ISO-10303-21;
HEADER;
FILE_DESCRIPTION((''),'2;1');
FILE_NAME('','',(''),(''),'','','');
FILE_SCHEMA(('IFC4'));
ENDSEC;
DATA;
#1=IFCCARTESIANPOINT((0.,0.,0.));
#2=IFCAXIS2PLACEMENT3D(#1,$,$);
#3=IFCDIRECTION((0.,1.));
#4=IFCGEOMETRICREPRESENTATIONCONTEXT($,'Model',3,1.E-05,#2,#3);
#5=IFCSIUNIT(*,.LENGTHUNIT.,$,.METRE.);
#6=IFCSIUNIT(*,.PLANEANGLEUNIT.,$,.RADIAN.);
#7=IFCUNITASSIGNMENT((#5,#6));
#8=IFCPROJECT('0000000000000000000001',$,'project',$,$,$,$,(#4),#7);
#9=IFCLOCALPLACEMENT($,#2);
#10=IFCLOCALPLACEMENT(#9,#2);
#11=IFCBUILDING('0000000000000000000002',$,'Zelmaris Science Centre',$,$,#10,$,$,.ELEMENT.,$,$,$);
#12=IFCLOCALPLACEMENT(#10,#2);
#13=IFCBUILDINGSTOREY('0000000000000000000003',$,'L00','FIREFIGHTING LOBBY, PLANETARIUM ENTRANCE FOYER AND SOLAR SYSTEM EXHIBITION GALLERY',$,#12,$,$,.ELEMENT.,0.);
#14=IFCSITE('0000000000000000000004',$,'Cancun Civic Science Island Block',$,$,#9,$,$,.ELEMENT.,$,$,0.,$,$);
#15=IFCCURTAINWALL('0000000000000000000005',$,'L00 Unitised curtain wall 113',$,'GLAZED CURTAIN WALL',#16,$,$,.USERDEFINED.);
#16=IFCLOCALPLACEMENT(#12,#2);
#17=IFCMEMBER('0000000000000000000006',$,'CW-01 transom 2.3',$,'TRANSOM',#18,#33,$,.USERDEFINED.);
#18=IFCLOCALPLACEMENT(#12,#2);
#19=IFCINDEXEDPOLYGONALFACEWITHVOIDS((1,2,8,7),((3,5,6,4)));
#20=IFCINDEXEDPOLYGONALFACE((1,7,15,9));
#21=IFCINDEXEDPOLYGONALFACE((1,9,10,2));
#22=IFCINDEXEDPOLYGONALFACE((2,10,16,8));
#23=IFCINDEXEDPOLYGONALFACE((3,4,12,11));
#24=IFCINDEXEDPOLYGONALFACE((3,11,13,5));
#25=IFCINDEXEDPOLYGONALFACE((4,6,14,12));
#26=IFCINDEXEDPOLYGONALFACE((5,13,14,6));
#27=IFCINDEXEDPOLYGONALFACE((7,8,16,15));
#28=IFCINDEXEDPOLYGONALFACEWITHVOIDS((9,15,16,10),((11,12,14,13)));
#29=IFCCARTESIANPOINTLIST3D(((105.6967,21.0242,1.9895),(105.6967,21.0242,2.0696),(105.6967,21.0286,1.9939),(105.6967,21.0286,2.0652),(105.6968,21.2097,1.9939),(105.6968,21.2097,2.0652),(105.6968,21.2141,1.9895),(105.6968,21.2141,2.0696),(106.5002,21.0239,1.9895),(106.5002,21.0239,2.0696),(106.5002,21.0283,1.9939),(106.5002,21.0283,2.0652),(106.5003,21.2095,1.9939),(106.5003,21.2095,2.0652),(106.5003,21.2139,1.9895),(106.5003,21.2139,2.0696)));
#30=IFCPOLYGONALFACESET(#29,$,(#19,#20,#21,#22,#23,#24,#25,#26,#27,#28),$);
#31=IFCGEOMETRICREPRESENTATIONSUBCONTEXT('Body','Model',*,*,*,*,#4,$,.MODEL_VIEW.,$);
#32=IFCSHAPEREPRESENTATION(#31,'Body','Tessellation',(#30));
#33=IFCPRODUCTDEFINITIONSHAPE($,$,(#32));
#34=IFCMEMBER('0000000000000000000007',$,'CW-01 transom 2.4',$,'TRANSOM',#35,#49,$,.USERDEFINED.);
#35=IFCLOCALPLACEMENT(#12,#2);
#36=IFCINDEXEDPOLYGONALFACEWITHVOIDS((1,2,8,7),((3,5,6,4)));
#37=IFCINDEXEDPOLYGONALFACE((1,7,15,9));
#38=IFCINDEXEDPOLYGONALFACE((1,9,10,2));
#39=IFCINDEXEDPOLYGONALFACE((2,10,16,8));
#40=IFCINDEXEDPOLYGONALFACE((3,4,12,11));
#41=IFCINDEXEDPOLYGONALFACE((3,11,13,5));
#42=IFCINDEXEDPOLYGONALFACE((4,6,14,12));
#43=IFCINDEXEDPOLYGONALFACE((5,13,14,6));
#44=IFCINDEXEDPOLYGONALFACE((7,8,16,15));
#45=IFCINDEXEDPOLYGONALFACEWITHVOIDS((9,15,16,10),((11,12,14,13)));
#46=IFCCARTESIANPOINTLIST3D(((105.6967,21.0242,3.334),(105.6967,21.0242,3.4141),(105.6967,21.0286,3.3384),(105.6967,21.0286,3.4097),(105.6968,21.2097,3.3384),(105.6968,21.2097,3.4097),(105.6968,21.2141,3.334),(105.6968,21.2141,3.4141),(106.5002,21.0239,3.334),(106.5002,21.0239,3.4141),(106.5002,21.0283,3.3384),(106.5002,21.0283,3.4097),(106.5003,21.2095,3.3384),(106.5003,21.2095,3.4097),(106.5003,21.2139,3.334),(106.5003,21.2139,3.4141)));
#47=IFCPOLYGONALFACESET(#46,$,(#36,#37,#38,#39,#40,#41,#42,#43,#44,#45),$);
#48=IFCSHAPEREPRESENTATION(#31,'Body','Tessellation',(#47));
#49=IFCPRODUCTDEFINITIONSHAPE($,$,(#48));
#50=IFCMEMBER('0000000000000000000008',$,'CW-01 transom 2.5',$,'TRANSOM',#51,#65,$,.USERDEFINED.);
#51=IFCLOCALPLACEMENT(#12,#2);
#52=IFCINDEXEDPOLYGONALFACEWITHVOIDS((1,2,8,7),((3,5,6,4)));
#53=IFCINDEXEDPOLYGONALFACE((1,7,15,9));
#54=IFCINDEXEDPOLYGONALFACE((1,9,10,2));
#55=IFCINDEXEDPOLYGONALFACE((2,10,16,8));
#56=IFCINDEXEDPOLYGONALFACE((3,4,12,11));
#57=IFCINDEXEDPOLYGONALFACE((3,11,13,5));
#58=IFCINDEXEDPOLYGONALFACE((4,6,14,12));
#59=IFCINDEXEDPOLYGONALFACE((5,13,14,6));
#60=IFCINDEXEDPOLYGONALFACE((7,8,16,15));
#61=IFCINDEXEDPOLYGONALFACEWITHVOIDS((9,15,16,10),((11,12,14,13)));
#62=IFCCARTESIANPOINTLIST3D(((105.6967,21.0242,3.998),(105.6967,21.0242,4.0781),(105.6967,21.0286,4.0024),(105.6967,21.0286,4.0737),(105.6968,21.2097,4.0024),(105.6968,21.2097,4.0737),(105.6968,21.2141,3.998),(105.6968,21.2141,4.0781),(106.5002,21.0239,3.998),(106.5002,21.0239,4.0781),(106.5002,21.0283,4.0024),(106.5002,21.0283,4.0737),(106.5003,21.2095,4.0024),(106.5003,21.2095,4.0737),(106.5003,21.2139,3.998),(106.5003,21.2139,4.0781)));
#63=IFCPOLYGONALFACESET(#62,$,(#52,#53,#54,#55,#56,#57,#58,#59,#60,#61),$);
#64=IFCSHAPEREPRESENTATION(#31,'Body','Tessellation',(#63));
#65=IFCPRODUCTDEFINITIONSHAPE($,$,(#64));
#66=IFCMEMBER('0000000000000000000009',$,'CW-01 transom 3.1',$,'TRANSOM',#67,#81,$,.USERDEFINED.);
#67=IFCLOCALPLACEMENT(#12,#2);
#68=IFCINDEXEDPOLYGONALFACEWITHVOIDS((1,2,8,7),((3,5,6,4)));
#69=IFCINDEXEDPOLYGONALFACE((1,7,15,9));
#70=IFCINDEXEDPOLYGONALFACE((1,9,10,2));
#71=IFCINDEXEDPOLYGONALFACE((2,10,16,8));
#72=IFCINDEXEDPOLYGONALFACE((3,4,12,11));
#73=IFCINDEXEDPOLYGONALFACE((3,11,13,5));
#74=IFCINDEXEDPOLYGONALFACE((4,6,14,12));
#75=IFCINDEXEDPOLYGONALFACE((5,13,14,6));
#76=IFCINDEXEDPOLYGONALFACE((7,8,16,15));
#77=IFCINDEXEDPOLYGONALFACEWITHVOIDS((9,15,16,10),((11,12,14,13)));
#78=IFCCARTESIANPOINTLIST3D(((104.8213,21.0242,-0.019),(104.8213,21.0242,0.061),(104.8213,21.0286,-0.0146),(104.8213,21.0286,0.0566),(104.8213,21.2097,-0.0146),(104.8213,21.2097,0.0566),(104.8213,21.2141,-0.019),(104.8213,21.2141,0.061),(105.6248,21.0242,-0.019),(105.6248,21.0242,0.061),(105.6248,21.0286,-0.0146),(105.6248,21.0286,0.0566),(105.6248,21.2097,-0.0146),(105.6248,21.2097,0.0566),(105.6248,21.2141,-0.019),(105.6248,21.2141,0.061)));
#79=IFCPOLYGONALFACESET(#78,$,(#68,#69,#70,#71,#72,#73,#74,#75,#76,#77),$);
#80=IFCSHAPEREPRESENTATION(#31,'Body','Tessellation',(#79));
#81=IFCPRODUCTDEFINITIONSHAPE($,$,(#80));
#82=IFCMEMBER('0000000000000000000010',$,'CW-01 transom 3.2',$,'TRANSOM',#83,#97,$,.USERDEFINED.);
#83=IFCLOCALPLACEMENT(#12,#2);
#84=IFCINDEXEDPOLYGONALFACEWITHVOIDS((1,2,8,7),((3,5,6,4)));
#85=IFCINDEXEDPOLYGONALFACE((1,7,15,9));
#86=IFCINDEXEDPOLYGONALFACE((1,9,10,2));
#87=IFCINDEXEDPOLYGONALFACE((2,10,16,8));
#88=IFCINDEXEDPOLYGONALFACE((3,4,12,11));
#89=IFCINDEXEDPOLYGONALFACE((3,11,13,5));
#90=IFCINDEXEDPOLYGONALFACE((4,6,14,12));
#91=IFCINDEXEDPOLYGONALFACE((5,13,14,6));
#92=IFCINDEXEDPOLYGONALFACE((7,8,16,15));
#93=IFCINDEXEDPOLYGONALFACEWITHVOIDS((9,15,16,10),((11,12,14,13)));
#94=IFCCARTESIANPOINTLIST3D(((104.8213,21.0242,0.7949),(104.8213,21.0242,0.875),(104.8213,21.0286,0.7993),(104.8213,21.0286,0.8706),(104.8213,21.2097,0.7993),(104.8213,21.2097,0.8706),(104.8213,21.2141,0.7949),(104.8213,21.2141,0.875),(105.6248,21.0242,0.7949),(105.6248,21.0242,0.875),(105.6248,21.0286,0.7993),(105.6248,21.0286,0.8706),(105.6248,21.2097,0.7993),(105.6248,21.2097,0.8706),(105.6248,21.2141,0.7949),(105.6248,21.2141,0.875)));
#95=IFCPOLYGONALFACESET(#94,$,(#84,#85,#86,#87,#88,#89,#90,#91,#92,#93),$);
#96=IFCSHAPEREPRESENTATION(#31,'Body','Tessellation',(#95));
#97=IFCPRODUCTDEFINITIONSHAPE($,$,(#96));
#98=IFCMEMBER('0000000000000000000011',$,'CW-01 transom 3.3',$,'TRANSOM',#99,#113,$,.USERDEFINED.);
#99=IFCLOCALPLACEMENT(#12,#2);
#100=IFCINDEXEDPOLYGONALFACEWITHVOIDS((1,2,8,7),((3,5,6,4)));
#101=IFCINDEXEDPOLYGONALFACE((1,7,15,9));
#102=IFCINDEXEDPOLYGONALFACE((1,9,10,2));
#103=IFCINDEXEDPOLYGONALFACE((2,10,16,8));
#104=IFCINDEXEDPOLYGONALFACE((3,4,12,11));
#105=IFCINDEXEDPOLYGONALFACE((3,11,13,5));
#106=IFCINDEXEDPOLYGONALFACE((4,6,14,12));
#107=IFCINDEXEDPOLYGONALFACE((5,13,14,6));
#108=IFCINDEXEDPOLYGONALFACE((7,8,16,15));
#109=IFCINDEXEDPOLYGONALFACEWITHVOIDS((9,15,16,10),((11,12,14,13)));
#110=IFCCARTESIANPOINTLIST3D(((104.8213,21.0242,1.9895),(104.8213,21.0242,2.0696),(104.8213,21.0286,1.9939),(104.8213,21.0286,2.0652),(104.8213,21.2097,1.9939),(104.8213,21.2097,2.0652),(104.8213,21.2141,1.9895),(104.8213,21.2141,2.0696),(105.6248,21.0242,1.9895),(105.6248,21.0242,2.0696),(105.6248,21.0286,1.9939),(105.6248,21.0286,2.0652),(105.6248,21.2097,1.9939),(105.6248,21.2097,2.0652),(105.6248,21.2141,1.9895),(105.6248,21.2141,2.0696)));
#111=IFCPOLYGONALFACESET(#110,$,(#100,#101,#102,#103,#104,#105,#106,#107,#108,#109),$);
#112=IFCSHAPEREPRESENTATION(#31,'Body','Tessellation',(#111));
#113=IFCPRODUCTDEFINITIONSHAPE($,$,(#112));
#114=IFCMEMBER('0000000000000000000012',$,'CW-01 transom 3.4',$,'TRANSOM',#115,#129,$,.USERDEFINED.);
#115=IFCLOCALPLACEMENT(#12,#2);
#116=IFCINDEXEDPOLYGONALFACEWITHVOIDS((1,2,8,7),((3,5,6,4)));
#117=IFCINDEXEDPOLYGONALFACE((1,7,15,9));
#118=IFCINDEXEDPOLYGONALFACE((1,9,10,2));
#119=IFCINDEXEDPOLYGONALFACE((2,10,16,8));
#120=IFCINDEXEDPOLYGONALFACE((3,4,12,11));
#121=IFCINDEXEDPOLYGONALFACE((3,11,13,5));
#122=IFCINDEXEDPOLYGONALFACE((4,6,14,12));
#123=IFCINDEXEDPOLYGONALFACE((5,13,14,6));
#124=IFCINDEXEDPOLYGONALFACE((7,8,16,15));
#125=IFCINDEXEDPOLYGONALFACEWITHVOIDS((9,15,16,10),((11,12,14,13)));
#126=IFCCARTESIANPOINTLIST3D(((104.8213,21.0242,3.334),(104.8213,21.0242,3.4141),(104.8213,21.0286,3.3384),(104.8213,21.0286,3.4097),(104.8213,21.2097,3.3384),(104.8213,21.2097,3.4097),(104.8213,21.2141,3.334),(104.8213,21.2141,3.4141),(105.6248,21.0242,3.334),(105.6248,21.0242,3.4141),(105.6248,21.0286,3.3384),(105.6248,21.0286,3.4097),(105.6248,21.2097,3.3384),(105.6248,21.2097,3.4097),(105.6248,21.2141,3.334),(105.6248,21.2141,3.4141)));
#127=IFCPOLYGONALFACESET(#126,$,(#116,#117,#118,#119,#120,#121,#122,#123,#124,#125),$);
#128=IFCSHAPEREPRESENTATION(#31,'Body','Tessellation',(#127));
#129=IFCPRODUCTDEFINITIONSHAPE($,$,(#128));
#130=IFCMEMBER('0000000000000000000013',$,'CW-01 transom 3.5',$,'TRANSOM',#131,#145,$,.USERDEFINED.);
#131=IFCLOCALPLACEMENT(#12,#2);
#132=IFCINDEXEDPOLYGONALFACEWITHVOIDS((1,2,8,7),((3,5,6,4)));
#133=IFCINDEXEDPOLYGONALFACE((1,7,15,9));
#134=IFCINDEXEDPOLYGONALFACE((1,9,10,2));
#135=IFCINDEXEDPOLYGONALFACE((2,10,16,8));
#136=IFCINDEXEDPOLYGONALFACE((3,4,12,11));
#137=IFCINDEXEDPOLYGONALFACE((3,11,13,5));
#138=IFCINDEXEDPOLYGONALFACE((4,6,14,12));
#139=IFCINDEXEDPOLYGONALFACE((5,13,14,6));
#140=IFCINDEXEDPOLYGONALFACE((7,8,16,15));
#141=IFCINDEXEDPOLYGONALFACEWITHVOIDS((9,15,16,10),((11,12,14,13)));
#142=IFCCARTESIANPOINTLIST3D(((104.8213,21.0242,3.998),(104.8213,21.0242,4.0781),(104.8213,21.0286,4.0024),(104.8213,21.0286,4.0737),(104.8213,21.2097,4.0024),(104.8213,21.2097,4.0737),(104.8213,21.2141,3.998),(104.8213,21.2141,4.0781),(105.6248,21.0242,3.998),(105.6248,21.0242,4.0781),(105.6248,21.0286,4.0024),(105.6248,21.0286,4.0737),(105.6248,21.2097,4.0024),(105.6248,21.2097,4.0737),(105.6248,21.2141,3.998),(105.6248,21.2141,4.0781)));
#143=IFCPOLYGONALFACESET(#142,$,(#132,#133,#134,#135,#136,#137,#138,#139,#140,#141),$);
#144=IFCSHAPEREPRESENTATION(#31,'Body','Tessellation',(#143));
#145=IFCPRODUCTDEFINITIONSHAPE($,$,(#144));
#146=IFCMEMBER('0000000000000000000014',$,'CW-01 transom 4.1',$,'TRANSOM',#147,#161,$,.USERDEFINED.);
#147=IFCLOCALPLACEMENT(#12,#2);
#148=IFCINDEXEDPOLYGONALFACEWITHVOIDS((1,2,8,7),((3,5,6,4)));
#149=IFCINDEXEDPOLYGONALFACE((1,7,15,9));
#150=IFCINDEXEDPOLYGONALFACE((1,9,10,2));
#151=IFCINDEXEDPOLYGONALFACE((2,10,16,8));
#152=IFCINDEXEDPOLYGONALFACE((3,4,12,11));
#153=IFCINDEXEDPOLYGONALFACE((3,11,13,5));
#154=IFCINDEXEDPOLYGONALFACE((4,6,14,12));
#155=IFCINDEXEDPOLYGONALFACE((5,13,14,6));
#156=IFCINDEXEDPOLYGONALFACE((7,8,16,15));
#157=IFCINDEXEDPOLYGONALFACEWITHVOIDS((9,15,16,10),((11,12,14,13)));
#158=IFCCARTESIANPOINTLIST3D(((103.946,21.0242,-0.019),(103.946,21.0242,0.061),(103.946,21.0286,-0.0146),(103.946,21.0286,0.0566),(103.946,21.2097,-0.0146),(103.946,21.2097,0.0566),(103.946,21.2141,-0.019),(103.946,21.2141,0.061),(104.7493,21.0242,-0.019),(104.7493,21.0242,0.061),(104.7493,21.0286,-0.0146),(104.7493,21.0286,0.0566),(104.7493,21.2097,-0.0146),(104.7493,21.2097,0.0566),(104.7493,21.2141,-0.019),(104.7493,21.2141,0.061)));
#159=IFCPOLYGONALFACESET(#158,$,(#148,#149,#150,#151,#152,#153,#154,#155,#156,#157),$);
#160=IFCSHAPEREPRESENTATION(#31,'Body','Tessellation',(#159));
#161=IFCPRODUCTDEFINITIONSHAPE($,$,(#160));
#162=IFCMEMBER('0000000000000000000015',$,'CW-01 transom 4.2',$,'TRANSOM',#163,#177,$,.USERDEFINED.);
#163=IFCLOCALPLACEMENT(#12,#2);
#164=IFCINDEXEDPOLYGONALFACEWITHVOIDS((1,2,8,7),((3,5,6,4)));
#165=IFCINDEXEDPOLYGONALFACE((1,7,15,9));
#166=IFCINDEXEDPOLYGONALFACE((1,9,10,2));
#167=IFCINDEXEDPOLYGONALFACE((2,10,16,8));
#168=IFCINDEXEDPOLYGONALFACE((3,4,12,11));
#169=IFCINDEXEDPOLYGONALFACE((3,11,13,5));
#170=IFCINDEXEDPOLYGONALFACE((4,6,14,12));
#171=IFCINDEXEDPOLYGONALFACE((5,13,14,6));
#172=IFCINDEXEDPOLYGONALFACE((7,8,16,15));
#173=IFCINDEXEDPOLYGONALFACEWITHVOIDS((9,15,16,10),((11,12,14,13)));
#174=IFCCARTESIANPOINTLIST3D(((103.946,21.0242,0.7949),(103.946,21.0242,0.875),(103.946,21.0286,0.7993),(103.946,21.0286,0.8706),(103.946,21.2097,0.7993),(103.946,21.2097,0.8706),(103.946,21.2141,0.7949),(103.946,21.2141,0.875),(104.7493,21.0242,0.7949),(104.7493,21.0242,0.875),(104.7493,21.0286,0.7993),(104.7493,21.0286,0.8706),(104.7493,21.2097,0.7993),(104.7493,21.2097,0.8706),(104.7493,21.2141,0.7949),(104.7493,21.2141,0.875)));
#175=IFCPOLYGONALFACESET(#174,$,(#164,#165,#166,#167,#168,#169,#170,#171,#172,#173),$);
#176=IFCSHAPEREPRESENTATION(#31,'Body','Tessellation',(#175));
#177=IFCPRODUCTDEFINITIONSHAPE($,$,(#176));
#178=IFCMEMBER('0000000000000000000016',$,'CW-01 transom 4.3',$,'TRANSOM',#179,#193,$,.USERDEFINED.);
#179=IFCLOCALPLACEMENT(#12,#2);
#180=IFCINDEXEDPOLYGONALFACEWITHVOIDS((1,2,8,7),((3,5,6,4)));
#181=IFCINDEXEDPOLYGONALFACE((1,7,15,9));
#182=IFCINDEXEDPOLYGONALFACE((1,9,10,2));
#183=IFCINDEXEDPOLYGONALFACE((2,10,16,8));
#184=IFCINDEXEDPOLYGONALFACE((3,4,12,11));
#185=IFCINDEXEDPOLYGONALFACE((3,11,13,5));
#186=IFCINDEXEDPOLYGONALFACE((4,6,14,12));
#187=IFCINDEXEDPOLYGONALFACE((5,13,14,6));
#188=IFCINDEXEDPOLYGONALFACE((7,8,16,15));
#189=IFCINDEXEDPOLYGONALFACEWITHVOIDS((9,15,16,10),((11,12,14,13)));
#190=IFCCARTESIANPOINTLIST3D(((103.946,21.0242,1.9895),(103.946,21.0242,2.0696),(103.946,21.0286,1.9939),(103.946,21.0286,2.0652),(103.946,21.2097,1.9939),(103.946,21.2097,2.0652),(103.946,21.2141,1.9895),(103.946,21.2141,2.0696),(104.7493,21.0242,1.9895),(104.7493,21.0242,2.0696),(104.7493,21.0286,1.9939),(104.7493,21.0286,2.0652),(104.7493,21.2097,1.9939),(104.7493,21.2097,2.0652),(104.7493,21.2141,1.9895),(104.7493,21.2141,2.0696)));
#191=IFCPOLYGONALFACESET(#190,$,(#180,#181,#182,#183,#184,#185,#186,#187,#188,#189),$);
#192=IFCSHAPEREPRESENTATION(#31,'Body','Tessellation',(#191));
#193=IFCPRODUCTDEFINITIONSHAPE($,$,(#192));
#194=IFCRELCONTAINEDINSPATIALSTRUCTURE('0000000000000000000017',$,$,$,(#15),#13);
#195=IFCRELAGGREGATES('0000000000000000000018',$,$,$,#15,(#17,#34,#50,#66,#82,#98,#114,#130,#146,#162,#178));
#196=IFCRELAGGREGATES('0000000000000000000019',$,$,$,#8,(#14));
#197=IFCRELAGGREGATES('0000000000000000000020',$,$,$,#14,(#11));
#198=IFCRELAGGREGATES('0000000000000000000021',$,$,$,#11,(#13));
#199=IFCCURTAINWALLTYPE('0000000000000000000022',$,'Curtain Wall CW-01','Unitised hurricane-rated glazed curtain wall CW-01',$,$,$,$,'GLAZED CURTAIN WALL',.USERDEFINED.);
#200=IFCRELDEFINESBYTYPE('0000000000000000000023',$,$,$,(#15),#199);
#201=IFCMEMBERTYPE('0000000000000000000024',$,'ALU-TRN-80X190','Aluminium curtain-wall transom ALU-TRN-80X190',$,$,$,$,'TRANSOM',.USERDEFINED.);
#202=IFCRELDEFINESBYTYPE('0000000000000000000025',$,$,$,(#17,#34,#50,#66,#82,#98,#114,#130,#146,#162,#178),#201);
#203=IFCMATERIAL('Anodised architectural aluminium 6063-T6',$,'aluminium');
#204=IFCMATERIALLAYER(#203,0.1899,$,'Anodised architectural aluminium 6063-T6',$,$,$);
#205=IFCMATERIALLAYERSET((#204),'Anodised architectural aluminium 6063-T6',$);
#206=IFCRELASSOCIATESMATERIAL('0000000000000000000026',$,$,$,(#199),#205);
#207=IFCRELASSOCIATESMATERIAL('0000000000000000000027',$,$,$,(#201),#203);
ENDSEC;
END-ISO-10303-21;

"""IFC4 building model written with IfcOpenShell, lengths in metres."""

from ifc_helpers import new_model, si_unit, direction, frame, origin, origin_2d, place, context, subcontext, project, spatial, hollow_rectangle, extrude, material, layer, layer_set, material_profile, profile_set, type_object, element, aggregate, save


model = new_model("IFC4")

# Units and contexts
model_context = context("Model", 3, precision=1e-05, world=origin(), true_north=direction((0.0, 1.0)))
body_context = subcontext(model_context, "Body", "Model", "MODEL_VIEW")
ifc_project = project(units=[si_unit("LENGTHUNIT", "METRE"), si_unit("PLANEANGLEUNIT", "RADIAN")], contexts=[model_context])

# Site, building, storey
site_placement = place(None, origin())
site = spatial("IfcSite", under=ifc_project, at=site_placement, Name="Cancun Civic Science Island Block", CompositionType="ELEMENT", RefElevation=0.0)
building_placement = place(site_placement, origin())
building = spatial("IfcBuilding", under=site, at=building_placement, Name="Zelmaris Science Centre", CompositionType="ELEMENT")
storey_placement = place(building_placement, origin())
storey = spatial("IfcBuildingStorey", under=building, at=storey_placement, Name="L00", Description="FIREFIGHTING LOBBY, PLANETARIUM ENTRANCE FOYER AND SOLAR SYSTEM EXHIBITION GALLERY", CompositionType="ELEMENT", Elevation=0.0)

# Curtain wall, members
ifc_material_1 = material(Name="Anodised architectural aluminium 6063-T6", Category="aluminium")
ifc_layer_1 = layer(ifc_material_1, 0.1899, Name="Anodised architectural aluminium 6063-T6")
ifc_layer_set_1 = layer_set([ifc_layer_1], Name="Anodised architectural aluminium 6063-T6")
curtain_wall_type = type_object("IfcCurtainWallType", Name="Curtain Wall CW-01", Description="Unitised hurricane-rated glazed curtain wall CW-01", ElementType="GLAZED CURTAIN WALL", PredefinedType="USERDEFINED", material=ifc_layer_set_1)
curtain_wall_placement = place(storey_placement, origin())
curtain_wall = element("IfcCurtainWall", 1, at=curtain_wall_placement, inside=storey, type_object=curtain_wall_type, Name="L00 Unitised curtain wall 113", ObjectType="GLAZED CURTAIN WALL", PredefinedType="USERDEFINED")
ifc_material_profile_1 = material_profile(ifc_material_1, hollow_rectangle(XDim=0.0801, YDim=0.1899, WallThickness=0.0044, at=origin_2d()), Name="ALU-TRN-80X190")
ifc_profile_set_1 = profile_set([ifc_material_profile_1], Name="Anodised architectural aluminium 6063-T6")
member_type_1 = type_object("IfcMemberType", Name="ALU-TRN-80X190", Description="Aluminium curtain-wall transom ALU-TRN-80X190", ElementType="TRANSOM", PredefinedType="USERDEFINED", material=ifc_profile_set_1)
member_1_placement = place(storey_placement, frame((106.5002, 21.1189, 2.0295), z_axis=(-1.0, 0.000304, 0.0), x_axis=(0.0, 0.0, 1.0)))
member_1 = element("IfcMember", 2, at=member_1_placement, type_object=member_type_1, Name="CW-01 transom 2.3", ObjectType="TRANSOM", PredefinedType="USERDEFINED", context=body_context, shape_type="SweptSolid", body=[
    extrude(hollow_rectangle(XDim=0.0801, YDim=0.1899, WallThickness=0.0044, at=origin_2d()), origin(), (0.0, 0.0, 1.0), 0.8035),
])
member_2_placement = place(storey_placement, frame((106.5002, 21.1189, 3.374), z_axis=(-1.0, 0.000304, 0.0), x_axis=(0.0, 0.0, 1.0)))
member_2 = element("IfcMember", 3, at=member_2_placement, type_object=member_type_1, Name="CW-01 transom 2.4", ObjectType="TRANSOM", PredefinedType="USERDEFINED", context=body_context, shape_type="SweptSolid", body=[
    extrude(hollow_rectangle(XDim=0.0801, YDim=0.1899, WallThickness=0.0044, at=origin_2d()), origin(), (0.0, 0.0, 1.0), 0.8035),
])
member_3_placement = place(storey_placement, frame((106.5002, 21.1189, 4.0381), z_axis=(-1.0, 0.000304, 0.0), x_axis=(0.0, 0.0, 1.0)))
member_3 = element("IfcMember", 4, at=member_3_placement, type_object=member_type_1, Name="CW-01 transom 2.5", ObjectType="TRANSOM", PredefinedType="USERDEFINED", context=body_context, shape_type="SweptSolid", body=[
    extrude(hollow_rectangle(XDim=0.0801, YDim=0.1899, WallThickness=0.0044, at=origin_2d()), origin(), (0.0, 0.0, 1.0), 0.8035),
])
member_4_placement = place(storey_placement, frame((105.6248, 21.1191, 0.021), z_axis=(-1.0, 0.0, 0.0), x_axis=(0.0, 0.0, 1.0)))
member_4 = element("IfcMember", 5, at=member_4_placement, type_object=member_type_1, Name="CW-01 transom 3.1", ObjectType="TRANSOM", PredefinedType="USERDEFINED", context=body_context, shape_type="SweptSolid", body=[
    extrude(hollow_rectangle(XDim=0.0801, YDim=0.1899, WallThickness=0.0044, at=origin_2d()), origin(), (0.0, 0.0, 1.0), 0.8035),
])
member_5_placement = place(storey_placement, frame((105.6248, 21.1191, 0.835), z_axis=(-1.0, 0.0, 0.0), x_axis=(0.0, 0.0, 1.0)))
member_5 = element("IfcMember", 6, at=member_5_placement, type_object=member_type_1, Name="CW-01 transom 3.2", ObjectType="TRANSOM", PredefinedType="USERDEFINED", context=body_context, shape_type="SweptSolid", body=[
    extrude(hollow_rectangle(XDim=0.0801, YDim=0.1899, WallThickness=0.0044, at=origin_2d()), origin(), (0.0, 0.0, 1.0), 0.8035),
])
member_6_placement = place(storey_placement, frame((105.6248, 21.1191, 2.0295), z_axis=(-1.0, 0.0, 0.0), x_axis=(0.0, 0.0, 1.0)))
member_6 = element("IfcMember", 7, at=member_6_placement, type_object=member_type_1, Name="CW-01 transom 3.3", ObjectType="TRANSOM", PredefinedType="USERDEFINED", context=body_context, shape_type="SweptSolid", body=[
    extrude(hollow_rectangle(XDim=0.0801, YDim=0.1899, WallThickness=0.0044, at=origin_2d()), origin(), (0.0, 0.0, 1.0), 0.8035),
])
member_7_placement = place(storey_placement, frame((105.6248, 21.1191, 3.374), z_axis=(-1.0, 0.0, 0.0), x_axis=(0.0, 0.0, 1.0)))
member_7 = element("IfcMember", 8, at=member_7_placement, type_object=member_type_1, Name="CW-01 transom 3.4", ObjectType="TRANSOM", PredefinedType="USERDEFINED", context=body_context, shape_type="SweptSolid", body=[
    extrude(hollow_rectangle(XDim=0.0801, YDim=0.1899, WallThickness=0.0044, at=origin_2d()), origin(), (0.0, 0.0, 1.0), 0.8035),
])
member_8_placement = place(storey_placement, frame((105.6248, 21.1191, 4.0381), z_axis=(-1.0, 0.0, 0.0), x_axis=(0.0, 0.0, 1.0)))
member_8 = element("IfcMember", 9, at=member_8_placement, type_object=member_type_1, Name="CW-01 transom 3.5", ObjectType="TRANSOM", PredefinedType="USERDEFINED", context=body_context, shape_type="SweptSolid", body=[
    extrude(hollow_rectangle(XDim=0.0801, YDim=0.1899, WallThickness=0.0044, at=origin_2d()), origin(), (0.0, 0.0, 1.0), 0.8035),
])
member_9_placement = place(storey_placement, frame((104.7493, 21.1191, 0.021), z_axis=(-1.0, 0.0, 0.0), x_axis=(0.0, 0.0, 1.0)))
member_9 = element("IfcMember", 10, at=member_9_placement, type_object=member_type_1, Name="CW-01 transom 4.1", ObjectType="TRANSOM", PredefinedType="USERDEFINED", context=body_context, shape_type="SweptSolid", body=[
    extrude(hollow_rectangle(XDim=0.0801, YDim=0.1899, WallThickness=0.0044, at=origin_2d()), origin(), (0.0, 0.0, 1.0), 0.8032),
])
member_10_placement = place(storey_placement, frame((104.7493, 21.1191, 0.835), z_axis=(-1.0, 0.0, 0.0), x_axis=(0.0, 0.0, 1.0)))
member_10 = element("IfcMember", 11, at=member_10_placement, type_object=member_type_1, Name="CW-01 transom 4.2", ObjectType="TRANSOM", PredefinedType="USERDEFINED", context=body_context, shape_type="SweptSolid", body=[
    extrude(hollow_rectangle(XDim=0.0801, YDim=0.1899, WallThickness=0.0044, at=origin_2d()), origin(), (0.0, 0.0, 1.0), 0.8032),
])
member_11_placement = place(storey_placement, frame((104.7493, 21.1191, 2.0295), z_axis=(-1.0, 0.0, 0.0), x_axis=(0.0, 0.0, 1.0)))
member_11 = element("IfcMember", 12, at=member_11_placement, type_object=member_type_1, Name="CW-01 transom 4.3", ObjectType="TRANSOM", PredefinedType="USERDEFINED", context=body_context, shape_type="SweptSolid", body=[
    extrude(hollow_rectangle(XDim=0.0801, YDim=0.1899, WallThickness=0.0044, at=origin_2d()), origin(), (0.0, 0.0, 1.0), 0.8032),
])
aggregate(curtain_wall, [member_1, member_2, member_3, member_4, member_5, member_6, member_7, member_8, member_9, member_10, member_11])

save(model, "model.ifc")
